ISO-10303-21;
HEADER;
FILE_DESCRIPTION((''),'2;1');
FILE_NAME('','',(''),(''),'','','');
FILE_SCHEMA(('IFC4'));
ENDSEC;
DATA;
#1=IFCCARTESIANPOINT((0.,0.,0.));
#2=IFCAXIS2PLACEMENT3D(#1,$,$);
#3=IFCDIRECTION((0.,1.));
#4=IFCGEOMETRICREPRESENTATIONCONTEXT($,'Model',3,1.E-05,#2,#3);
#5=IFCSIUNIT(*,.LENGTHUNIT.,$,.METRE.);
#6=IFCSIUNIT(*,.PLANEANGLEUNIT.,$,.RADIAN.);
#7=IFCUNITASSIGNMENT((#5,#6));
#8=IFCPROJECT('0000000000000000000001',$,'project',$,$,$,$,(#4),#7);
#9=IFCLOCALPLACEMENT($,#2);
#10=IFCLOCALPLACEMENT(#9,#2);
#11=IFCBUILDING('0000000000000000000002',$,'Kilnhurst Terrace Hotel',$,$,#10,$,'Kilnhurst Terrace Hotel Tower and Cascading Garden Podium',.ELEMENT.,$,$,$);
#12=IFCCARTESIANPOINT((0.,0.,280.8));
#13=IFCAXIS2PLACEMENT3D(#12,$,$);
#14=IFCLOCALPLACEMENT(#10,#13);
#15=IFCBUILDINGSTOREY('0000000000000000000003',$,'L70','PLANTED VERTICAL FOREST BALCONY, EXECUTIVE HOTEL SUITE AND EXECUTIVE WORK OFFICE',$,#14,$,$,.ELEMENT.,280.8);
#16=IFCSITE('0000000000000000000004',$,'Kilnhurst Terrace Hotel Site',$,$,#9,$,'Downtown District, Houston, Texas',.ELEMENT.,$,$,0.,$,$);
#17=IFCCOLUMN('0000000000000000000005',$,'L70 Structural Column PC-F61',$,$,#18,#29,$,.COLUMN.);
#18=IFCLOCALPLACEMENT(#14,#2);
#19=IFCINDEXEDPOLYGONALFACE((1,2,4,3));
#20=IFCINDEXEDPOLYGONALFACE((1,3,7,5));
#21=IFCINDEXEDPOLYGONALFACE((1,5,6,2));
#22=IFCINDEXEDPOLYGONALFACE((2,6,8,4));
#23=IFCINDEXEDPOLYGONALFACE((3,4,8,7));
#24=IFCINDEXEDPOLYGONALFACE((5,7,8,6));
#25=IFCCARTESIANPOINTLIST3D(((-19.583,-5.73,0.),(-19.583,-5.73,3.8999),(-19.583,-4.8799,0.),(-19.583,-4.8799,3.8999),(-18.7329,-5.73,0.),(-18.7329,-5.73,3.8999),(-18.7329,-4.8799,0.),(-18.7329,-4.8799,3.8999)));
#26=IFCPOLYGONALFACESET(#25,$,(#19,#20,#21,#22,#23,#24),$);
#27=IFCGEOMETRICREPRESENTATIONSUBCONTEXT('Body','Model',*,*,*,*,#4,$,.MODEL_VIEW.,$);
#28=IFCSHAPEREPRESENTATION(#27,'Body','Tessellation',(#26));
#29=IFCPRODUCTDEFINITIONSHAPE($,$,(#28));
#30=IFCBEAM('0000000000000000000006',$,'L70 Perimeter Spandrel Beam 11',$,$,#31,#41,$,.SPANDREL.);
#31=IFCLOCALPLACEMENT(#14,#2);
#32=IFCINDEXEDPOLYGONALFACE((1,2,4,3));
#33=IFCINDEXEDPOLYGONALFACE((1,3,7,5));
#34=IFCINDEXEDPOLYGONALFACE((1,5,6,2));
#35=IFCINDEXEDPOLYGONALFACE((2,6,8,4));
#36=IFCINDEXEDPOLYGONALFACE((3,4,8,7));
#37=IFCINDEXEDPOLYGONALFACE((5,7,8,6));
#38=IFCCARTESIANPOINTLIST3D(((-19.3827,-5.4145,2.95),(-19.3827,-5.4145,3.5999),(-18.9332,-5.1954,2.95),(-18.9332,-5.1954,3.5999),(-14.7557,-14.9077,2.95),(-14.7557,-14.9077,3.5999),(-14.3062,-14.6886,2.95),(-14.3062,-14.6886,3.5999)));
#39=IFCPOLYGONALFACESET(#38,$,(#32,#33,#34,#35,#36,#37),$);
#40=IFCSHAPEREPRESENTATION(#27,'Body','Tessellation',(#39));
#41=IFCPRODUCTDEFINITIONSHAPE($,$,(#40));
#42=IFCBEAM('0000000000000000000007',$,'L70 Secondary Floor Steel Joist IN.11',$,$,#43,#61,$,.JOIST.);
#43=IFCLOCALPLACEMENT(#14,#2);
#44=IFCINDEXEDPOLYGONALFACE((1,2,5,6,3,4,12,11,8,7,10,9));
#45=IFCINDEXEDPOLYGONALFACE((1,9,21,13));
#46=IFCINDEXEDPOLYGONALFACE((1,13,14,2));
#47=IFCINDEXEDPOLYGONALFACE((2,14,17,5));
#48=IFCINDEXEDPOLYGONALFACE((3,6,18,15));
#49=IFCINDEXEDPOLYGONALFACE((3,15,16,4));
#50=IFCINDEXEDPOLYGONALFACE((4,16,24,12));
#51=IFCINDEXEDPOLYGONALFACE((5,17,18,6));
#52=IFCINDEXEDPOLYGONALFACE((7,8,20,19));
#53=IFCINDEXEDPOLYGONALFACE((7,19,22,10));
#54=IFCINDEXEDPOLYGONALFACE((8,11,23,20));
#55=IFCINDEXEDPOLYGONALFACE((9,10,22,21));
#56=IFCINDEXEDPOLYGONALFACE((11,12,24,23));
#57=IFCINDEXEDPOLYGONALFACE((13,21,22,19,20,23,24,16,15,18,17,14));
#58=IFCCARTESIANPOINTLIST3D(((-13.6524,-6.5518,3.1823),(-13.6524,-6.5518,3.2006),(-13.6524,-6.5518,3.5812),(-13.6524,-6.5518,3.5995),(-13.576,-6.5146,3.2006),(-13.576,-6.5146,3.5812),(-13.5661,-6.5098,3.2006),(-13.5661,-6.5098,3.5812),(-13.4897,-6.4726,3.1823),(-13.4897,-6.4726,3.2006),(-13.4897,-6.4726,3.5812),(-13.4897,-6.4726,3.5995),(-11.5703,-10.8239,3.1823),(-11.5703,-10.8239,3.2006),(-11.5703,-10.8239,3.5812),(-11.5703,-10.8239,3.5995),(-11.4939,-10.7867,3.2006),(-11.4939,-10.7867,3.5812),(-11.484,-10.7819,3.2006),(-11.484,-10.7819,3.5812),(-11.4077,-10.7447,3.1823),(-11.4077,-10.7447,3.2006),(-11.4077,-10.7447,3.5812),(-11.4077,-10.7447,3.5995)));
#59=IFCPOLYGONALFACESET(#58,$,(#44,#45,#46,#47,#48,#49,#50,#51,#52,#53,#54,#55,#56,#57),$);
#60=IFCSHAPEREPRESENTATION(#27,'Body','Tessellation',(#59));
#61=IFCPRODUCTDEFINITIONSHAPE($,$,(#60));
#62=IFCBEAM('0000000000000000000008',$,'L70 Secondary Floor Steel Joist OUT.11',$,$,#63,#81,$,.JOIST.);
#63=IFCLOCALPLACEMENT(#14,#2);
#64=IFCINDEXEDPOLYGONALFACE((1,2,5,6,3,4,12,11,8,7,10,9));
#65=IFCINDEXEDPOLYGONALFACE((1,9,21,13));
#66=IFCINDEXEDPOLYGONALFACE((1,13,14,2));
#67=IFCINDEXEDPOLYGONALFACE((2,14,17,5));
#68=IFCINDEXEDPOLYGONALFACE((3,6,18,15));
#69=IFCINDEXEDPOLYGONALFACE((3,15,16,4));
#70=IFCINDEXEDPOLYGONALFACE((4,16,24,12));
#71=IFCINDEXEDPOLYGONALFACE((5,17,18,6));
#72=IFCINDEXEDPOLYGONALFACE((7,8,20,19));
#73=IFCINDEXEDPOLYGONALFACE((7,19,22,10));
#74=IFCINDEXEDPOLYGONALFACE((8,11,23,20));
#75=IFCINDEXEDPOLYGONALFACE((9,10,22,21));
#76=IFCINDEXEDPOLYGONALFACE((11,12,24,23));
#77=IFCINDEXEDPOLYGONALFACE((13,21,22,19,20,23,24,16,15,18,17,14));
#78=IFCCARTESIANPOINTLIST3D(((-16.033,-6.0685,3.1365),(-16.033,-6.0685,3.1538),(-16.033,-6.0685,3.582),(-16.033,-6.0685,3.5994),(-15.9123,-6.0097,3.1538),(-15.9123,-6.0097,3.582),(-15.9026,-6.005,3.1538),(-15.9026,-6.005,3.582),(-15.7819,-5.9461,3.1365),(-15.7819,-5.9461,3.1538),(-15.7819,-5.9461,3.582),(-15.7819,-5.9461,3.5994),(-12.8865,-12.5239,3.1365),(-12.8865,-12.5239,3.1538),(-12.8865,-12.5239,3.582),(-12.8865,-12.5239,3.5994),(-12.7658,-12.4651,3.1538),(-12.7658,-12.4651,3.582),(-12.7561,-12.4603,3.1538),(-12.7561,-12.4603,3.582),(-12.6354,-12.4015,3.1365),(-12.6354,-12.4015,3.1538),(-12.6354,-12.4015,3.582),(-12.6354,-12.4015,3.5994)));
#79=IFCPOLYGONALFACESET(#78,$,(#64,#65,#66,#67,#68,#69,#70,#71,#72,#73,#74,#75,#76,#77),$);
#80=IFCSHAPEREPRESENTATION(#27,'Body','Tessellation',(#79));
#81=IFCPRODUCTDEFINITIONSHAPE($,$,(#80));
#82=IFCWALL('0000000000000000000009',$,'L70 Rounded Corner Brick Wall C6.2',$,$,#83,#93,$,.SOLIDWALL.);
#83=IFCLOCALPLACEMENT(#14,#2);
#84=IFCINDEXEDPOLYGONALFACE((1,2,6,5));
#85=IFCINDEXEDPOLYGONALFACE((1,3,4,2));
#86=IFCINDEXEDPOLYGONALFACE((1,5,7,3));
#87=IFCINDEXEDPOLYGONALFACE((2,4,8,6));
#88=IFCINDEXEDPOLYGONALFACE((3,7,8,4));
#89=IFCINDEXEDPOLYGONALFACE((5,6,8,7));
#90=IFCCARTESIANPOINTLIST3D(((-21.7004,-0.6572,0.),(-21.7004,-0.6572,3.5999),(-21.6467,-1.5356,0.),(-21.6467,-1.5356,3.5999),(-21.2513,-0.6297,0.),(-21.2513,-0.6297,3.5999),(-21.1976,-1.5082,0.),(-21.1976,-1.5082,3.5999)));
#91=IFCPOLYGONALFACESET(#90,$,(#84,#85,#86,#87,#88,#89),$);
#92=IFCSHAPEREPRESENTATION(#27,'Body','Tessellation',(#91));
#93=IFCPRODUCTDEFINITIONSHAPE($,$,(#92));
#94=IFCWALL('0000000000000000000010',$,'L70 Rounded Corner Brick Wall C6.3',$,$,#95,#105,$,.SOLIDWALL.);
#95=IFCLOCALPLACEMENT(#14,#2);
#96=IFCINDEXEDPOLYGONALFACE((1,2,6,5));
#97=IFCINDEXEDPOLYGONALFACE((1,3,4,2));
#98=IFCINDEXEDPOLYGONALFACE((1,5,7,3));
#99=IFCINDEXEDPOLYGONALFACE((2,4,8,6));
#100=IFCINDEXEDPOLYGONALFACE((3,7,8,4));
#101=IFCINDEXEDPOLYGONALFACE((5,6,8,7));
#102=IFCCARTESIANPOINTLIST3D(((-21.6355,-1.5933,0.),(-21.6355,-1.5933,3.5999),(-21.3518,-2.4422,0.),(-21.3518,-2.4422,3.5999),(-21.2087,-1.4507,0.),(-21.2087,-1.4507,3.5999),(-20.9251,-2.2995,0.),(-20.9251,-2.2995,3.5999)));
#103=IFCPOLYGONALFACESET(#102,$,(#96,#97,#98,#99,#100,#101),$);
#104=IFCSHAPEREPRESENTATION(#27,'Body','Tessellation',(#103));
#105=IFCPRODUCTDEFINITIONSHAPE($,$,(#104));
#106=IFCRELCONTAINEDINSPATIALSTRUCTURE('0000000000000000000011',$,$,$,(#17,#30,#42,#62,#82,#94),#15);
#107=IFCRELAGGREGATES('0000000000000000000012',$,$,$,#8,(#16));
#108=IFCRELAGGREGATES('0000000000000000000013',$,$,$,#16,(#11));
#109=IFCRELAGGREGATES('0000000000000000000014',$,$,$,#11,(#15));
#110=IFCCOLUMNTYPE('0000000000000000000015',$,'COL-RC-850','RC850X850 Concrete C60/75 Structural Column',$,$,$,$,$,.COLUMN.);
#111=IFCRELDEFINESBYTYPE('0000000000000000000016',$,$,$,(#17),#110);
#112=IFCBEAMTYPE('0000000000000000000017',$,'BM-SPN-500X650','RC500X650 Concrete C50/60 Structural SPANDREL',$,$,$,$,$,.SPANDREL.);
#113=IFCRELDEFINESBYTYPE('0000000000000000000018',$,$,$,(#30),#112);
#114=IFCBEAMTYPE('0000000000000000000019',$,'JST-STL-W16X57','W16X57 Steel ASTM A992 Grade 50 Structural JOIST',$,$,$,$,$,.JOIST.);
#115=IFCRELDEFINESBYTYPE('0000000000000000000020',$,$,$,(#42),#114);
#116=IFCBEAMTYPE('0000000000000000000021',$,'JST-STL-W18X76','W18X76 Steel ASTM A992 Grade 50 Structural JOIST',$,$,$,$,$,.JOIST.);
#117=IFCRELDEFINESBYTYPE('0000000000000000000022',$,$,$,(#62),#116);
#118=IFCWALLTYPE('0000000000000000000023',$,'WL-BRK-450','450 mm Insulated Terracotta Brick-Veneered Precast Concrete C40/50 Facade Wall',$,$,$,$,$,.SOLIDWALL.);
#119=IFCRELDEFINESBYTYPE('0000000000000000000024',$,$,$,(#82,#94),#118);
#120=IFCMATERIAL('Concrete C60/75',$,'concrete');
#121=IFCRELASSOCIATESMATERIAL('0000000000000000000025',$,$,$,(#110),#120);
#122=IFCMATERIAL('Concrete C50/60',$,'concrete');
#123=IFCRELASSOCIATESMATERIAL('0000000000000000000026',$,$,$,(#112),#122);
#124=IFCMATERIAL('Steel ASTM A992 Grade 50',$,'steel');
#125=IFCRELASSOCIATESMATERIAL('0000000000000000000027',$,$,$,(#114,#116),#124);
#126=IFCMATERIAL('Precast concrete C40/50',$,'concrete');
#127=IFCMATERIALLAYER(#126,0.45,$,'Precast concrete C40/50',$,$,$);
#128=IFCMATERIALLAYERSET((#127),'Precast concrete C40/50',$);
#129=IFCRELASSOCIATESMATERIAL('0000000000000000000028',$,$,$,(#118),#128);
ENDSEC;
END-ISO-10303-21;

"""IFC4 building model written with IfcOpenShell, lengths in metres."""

from ifc_helpers import new_model, si_unit, direction, frame, frame_2d, origin, origin_2d, place, context, subcontext, project, spatial, rectangle, i_section, extrude, material, layer, layer_set, material_profile, profile_set, type_object, element, save


model = new_model("IFC4")

# Units and contexts
model_context = context("Model", 3, precision=1e-05, world=origin(), true_north=direction((0.0, 1.0)))
body_context = subcontext(model_context, "Body", "Model", "MODEL_VIEW")
ifc_project = project(units=[si_unit("LENGTHUNIT", "METRE"), si_unit("PLANEANGLEUNIT", "RADIAN")], contexts=[model_context])

# Site, building, storey
site_placement = place(None, origin())
site = spatial("IfcSite", under=ifc_project, at=site_placement, Name="Kilnhurst Terrace Hotel Site", LongName="Downtown District, Houston, Texas", CompositionType="ELEMENT", RefElevation=0.0)
building_placement = place(site_placement, origin())
building = spatial("IfcBuilding", under=site, at=building_placement, Name="Kilnhurst Terrace Hotel", LongName="Kilnhurst Terrace Hotel Tower and Cascading Garden Podium", CompositionType="ELEMENT")
storey_placement = place(building_placement, frame((0.0, 0.0, 280.8)))
storey = spatial("IfcBuildingStorey", under=building, at=storey_placement, Name="L70", Description="PLANTED VERTICAL FOREST BALCONY, EXECUTIVE HOTEL SUITE AND EXECUTIVE WORK OFFICE", CompositionType="ELEMENT", Elevation=280.8)

# Column
ifc_material_1 = material(Name="Concrete C60/75", Category="concrete")
ifc_material_profile_1 = material_profile(ifc_material_1, rectangle(XDim=0.8501, YDim=0.8501, at=origin_2d()), Name="RC850X850")
ifc_profile_set_1 = profile_set([ifc_material_profile_1], Name="Concrete C60/75")
column_type = type_object("IfcColumnType", Name="COL-RC-850", Description="RC850X850 Concrete C60/75 Structural Column", PredefinedType="COLUMN", material=ifc_profile_set_1)
column_placement = place(storey_placement, frame((-19.158, -5.3049, 0.0), z_axis=(0.0, 0.0, 1.0), x_axis=(1.0, 0.0, 0.0)))
element("IfcColumn", 1, at=column_placement, inside=storey, type_object=column_type, Name="L70 Structural Column PC-F61", PredefinedType="COLUMN", context=body_context, shape_type="SweptSolid", body=[
    extrude(rectangle(XDim=0.8501, YDim=0.8501, at=origin_2d()), origin(), (0.0, 0.0, 1.0), 3.8999),
])

# Beams
ifc_material_2 = material(Name="Concrete C50/60", Category="concrete")
ifc_material_profile_2 = material_profile(ifc_material_2, rectangle(XDim=0.5, YDim=0.6499, at=origin_2d()), Name="RC500X650")
ifc_profile_set_2 = profile_set([ifc_material_profile_2], Name="Concrete C50/60")
beam_type_1 = type_object("IfcBeamType", Name="BM-SPN-500X650", Description="RC500X650 Concrete C50/60 Structural SPANDREL", PredefinedType="SPANDREL", material=ifc_profile_set_2)
beam_1_placement = place(storey_placement, frame((-19.158, -5.3049, 3.2749), z_axis=(0.438128, -0.898912, 0.0), x_axis=(0.898912, 0.438128, 0.0)))
element("IfcBeam", 2, at=beam_1_placement, inside=storey, type_object=beam_type_1, Name="L70 Perimeter Spandrel Beam 11", PredefinedType="SPANDREL", context=body_context, shape_type="SweptSolid", body=[
    extrude(rectangle(XDim=0.5, YDim=0.6499, at=origin_2d()), origin(), (0.0, 0.0, 1.0), 10.5608),
])
ifc_material_3 = material(Name="Steel ASTM A992 Grade 50", Category="steel")
ifc_material_profile_3 = material_profile(ifc_material_3, i_section(OverallWidth=0.1809, OverallDepth=0.4172, WebThickness=0.011, FlangeThickness=0.0183, at=origin_2d()), Name="W16X57")
ifc_profile_set_3 = profile_set([ifc_material_profile_3], Name="Steel ASTM A992 Grade 50")
beam_type_2 = type_object("IfcBeamType", Name="JST-STL-W16X57", Description="W16X57 Steel ASTM A992 Grade 50 Structural JOIST", PredefinedType="JOIST", material=ifc_profile_set_3)
beam_2_placement = place(storey_placement, frame((-13.571, -6.5122, 3.3909), z_axis=(0.438108, -0.898922, 0.0), x_axis=(0.898922, 0.438108, 0.0)))
element("IfcBeam", 3, at=beam_2_placement, inside=storey, type_object=beam_type_2, Name="L70 Secondary Floor Steel Joist IN.11", PredefinedType="JOIST", context=body_context, shape_type="SweptSolid", body=[
    extrude(i_section(OverallWidth=0.1809, OverallDepth=0.4172, WebThickness=0.011, FlangeThickness=0.0183, at=origin_2d()), origin(), (0.0, 0.0, 1.0), 4.7524),
])
ifc_material_profile_4 = material_profile(ifc_material_3, i_section(OverallWidth=0.2793, OverallDepth=0.4629, WebThickness=0.0107, FlangeThickness=0.0173, at=origin_2d()), Name="W18X76")
ifc_profile_set_4 = profile_set([ifc_material_profile_4], Name="Steel ASTM A992 Grade 50")
beam_type_3 = type_object("IfcBeamType", Name="JST-STL-W18X76", Description="W18X76 Steel ASTM A992 Grade 50 Structural JOIST", PredefinedType="JOIST", material=ifc_profile_set_4)
beam_3_placement = place(storey_placement, frame((-15.9075, -6.0073, 3.3679), z_axis=(0.438148, -0.898903, 0.0), x_axis=(0.898903, 0.438148, 0.0)))
element("IfcBeam", 4, at=beam_3_placement, inside=storey, type_object=beam_type_3, Name="L70 Secondary Floor Steel Joist OUT.11", PredefinedType="JOIST", context=body_context, shape_type="SweptSolid", body=[
    extrude(i_section(OverallWidth=0.2793, OverallDepth=0.4629, WebThickness=0.0107, FlangeThickness=0.0173, at=origin_2d()), origin(), (0.0, 0.0, 1.0), 7.1814),
])

# Walls
ifc_material_4 = material(Name="Precast concrete C40/50", Category="concrete")
ifc_layer_1 = layer(ifc_material_4, 0.45, Name="Precast concrete C40/50")
ifc_layer_set_1 = layer_set([ifc_layer_1], Name="Precast concrete C40/50")
wall_type_1 = type_object("IfcWallType", Name="WL-BRK-450", Description="450 mm Insulated Terracotta Brick-Veneered Precast Concrete C40/50 Facade Wall", PredefinedType="SOLIDWALL", material=ifc_layer_set_1)
wall_1_placement = place(storey_placement, frame((-21.4758, -0.6436, 0.0), z_axis=(0.0, 0.0, 1.0), x_axis=(0.061031, -0.998136, 0.0)))
element("IfcWall", 5, at=wall_1_placement, inside=storey, type_object=wall_type_1, Name="L70 Rounded Corner Brick Wall C6.2", PredefinedType="SOLIDWALL", context=body_context, shape_type="SweptSolid", body=[
    extrude(rectangle(XDim=0.8801, YDim=0.45, at=frame_2d((0.4399, 0.0))), origin(), (0.0, 0.0, 1.0), 3.5999),
])
wall_2_placement = place(storey_placement, frame((-21.4221, -1.522, 0.0), z_axis=(0.0, 0.0, 1.0), x_axis=(0.316964, -0.948438, 0.0)))
element("IfcWall", 6, at=wall_2_placement, inside=storey, type_object=wall_type_1, Name="L70 Rounded Corner Brick Wall C6.3", PredefinedType="SOLIDWALL", context=body_context, shape_type="SweptSolid", body=[
    extrude(rectangle(XDim=0.895, YDim=0.45, at=frame_2d((0.4475, 0.0))), origin(), (0.0, 0.0, 1.0), 3.5999),
])

save(model, "model.ifc")
